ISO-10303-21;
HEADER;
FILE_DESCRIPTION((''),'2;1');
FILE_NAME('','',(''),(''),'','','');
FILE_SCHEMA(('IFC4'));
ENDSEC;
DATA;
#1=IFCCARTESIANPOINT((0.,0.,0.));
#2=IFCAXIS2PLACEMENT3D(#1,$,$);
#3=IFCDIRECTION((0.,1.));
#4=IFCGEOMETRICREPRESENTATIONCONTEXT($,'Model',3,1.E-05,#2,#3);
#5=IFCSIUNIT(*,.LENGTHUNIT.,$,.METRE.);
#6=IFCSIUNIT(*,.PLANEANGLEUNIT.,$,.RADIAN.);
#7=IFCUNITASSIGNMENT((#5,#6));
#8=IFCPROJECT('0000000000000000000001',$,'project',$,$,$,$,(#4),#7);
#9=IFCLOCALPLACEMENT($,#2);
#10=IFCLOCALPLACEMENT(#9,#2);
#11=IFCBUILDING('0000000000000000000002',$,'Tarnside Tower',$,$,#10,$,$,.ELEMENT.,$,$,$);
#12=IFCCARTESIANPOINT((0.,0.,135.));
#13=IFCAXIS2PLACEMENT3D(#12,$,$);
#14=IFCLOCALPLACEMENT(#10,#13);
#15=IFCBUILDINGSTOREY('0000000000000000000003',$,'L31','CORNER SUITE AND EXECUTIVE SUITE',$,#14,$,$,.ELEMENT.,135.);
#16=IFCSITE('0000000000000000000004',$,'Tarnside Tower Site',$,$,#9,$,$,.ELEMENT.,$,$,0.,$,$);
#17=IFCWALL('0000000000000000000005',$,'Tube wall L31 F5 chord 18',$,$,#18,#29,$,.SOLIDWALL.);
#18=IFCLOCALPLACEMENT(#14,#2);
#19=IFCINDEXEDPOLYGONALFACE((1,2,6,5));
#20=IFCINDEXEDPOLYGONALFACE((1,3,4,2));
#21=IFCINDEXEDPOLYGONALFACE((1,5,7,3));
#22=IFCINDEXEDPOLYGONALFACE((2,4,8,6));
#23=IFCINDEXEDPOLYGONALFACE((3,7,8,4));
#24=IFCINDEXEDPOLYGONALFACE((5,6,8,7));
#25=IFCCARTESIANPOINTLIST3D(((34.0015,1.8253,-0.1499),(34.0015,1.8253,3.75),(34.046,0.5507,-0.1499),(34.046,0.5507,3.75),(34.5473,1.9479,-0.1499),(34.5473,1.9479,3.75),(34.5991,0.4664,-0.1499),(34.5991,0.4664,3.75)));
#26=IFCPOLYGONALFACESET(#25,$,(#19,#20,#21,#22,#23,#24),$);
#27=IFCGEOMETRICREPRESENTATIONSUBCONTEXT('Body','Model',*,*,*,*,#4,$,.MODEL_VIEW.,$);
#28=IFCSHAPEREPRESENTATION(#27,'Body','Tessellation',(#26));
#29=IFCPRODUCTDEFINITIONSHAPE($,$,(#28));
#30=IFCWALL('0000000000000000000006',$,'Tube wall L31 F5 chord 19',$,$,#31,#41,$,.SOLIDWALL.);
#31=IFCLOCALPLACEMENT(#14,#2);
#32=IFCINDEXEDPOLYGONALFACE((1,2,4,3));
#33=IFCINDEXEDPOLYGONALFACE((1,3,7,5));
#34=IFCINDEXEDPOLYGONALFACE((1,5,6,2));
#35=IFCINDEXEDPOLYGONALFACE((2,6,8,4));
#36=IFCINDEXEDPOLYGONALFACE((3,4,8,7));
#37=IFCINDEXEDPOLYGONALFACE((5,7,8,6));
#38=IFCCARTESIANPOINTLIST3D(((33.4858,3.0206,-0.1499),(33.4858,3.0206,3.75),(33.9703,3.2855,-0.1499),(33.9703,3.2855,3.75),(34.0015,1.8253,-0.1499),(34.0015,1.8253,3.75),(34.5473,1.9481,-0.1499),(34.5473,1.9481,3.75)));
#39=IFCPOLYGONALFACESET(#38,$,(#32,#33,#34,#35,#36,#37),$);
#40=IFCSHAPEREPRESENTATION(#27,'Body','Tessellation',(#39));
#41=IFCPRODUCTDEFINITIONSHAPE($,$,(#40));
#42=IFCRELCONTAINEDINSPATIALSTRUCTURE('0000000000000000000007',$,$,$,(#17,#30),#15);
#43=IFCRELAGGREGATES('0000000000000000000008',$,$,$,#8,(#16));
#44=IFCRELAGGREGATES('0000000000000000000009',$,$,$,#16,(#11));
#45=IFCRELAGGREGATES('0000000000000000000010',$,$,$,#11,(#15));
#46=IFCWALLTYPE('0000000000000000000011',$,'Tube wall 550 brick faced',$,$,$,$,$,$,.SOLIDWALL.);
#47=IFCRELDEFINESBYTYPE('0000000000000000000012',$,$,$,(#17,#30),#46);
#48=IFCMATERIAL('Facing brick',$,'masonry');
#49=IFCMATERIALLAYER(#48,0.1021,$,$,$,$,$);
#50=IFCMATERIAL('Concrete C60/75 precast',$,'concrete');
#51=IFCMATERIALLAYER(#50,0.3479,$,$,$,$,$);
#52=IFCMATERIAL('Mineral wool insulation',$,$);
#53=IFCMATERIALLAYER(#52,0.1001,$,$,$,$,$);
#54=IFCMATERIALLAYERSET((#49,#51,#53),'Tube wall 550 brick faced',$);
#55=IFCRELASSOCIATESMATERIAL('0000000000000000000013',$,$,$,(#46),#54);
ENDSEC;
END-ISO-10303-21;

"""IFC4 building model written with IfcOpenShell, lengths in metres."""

from ifc_helpers import new_model, si_unit, direction, frame, origin, place, context, subcontext, project, spatial, polyline, outline, extrude, material, layer, layer_set, type_object, element, save


model = new_model("IFC4")

# Units and contexts
model_context = context("Model", 3, precision=1e-05, world=origin(), true_north=direction((0.0, 1.0)))
body_context = subcontext(model_context, "Body", "Model", "MODEL_VIEW")
ifc_project = project(units=[si_unit("LENGTHUNIT", "METRE"), si_unit("PLANEANGLEUNIT", "RADIAN")], contexts=[model_context])

# Site, building, storey
site_placement = place(None, origin())
site = spatial("IfcSite", under=ifc_project, at=site_placement, Name="Tarnside Tower Site", CompositionType="ELEMENT", RefElevation=0.0)
building_placement = place(site_placement, origin())
building = spatial("IfcBuilding", under=site, at=building_placement, Name="Tarnside Tower", CompositionType="ELEMENT")
storey_placement = place(building_placement, frame((0.0, 0.0, 135.0)))
storey = spatial("IfcBuildingStorey", under=building, at=storey_placement, Name="L31", Description="CORNER SUITE AND EXECUTIVE SUITE", CompositionType="ELEMENT", Elevation=135.0)

# Walls
ifc_material_1 = material(Name="Facing brick", Category="masonry")
ifc_layer_1 = layer(ifc_material_1, 0.1021)
ifc_material_2 = material(Name="Concrete C60/75 precast", Category="concrete")
ifc_layer_2 = layer(ifc_material_2, 0.3479)
ifc_material_3 = material(Name="Mineral wool insulation")
ifc_layer_3 = layer(ifc_material_3, 0.1001)
ifc_layer_set_1 = layer_set([ifc_layer_1, ifc_layer_2, ifc_layer_3], Name="Tube wall 550 brick faced")
wall_type_1 = type_object("IfcWallType", Name="Tube wall 550 brick faced", PredefinedType="SOLIDWALL", material=ifc_layer_set_1)
wall_1_placement = place(storey_placement, frame((34.3225, 0.5085, -0.1499), z_axis=(0.0, 0.0, 1.0), x_axis=(-0.034877, 0.999392, 0.0)))
element("IfcWall", 1, at=wall_1_placement, inside=storey, type_object=wall_type_1, Name="Tube wall L31 F5 chord 18", PredefinedType="SOLIDWALL", context=body_context, shape_type="SweptSolid", body=[
    extrude(outline(polyline([(-0.0518, -0.2749), (1.4307, -0.2749), (1.3271, 0.2749), (0.0518, 0.2749), (-0.0518, -0.2749)])), origin(), (0.0, 0.0, 1.0), 3.8999),
])
wall_2_placement = place(storey_placement, frame((34.2744, 1.8867, -0.1499), z_axis=(0.0, 0.0, 1.0), x_axis=(-0.396161, 0.918181, 0.0)))
element("IfcWall", 2, at=wall_2_placement, inside=storey, type_object=wall_type_1, Name="Tube wall L31 F5 chord 19", PredefinedType="SOLIDWALL", context=body_context, shape_type="SweptSolid", body=[
    extrude(outline(polyline([(-0.0518, -0.2749), (1.4048, -0.2749), (1.3535, 0.2749), (0.0518, 0.2749), (-0.0518, -0.2749)])), origin(), (0.0, 0.0, 1.0), 3.8999),
])

save(model, "model.ifc")
